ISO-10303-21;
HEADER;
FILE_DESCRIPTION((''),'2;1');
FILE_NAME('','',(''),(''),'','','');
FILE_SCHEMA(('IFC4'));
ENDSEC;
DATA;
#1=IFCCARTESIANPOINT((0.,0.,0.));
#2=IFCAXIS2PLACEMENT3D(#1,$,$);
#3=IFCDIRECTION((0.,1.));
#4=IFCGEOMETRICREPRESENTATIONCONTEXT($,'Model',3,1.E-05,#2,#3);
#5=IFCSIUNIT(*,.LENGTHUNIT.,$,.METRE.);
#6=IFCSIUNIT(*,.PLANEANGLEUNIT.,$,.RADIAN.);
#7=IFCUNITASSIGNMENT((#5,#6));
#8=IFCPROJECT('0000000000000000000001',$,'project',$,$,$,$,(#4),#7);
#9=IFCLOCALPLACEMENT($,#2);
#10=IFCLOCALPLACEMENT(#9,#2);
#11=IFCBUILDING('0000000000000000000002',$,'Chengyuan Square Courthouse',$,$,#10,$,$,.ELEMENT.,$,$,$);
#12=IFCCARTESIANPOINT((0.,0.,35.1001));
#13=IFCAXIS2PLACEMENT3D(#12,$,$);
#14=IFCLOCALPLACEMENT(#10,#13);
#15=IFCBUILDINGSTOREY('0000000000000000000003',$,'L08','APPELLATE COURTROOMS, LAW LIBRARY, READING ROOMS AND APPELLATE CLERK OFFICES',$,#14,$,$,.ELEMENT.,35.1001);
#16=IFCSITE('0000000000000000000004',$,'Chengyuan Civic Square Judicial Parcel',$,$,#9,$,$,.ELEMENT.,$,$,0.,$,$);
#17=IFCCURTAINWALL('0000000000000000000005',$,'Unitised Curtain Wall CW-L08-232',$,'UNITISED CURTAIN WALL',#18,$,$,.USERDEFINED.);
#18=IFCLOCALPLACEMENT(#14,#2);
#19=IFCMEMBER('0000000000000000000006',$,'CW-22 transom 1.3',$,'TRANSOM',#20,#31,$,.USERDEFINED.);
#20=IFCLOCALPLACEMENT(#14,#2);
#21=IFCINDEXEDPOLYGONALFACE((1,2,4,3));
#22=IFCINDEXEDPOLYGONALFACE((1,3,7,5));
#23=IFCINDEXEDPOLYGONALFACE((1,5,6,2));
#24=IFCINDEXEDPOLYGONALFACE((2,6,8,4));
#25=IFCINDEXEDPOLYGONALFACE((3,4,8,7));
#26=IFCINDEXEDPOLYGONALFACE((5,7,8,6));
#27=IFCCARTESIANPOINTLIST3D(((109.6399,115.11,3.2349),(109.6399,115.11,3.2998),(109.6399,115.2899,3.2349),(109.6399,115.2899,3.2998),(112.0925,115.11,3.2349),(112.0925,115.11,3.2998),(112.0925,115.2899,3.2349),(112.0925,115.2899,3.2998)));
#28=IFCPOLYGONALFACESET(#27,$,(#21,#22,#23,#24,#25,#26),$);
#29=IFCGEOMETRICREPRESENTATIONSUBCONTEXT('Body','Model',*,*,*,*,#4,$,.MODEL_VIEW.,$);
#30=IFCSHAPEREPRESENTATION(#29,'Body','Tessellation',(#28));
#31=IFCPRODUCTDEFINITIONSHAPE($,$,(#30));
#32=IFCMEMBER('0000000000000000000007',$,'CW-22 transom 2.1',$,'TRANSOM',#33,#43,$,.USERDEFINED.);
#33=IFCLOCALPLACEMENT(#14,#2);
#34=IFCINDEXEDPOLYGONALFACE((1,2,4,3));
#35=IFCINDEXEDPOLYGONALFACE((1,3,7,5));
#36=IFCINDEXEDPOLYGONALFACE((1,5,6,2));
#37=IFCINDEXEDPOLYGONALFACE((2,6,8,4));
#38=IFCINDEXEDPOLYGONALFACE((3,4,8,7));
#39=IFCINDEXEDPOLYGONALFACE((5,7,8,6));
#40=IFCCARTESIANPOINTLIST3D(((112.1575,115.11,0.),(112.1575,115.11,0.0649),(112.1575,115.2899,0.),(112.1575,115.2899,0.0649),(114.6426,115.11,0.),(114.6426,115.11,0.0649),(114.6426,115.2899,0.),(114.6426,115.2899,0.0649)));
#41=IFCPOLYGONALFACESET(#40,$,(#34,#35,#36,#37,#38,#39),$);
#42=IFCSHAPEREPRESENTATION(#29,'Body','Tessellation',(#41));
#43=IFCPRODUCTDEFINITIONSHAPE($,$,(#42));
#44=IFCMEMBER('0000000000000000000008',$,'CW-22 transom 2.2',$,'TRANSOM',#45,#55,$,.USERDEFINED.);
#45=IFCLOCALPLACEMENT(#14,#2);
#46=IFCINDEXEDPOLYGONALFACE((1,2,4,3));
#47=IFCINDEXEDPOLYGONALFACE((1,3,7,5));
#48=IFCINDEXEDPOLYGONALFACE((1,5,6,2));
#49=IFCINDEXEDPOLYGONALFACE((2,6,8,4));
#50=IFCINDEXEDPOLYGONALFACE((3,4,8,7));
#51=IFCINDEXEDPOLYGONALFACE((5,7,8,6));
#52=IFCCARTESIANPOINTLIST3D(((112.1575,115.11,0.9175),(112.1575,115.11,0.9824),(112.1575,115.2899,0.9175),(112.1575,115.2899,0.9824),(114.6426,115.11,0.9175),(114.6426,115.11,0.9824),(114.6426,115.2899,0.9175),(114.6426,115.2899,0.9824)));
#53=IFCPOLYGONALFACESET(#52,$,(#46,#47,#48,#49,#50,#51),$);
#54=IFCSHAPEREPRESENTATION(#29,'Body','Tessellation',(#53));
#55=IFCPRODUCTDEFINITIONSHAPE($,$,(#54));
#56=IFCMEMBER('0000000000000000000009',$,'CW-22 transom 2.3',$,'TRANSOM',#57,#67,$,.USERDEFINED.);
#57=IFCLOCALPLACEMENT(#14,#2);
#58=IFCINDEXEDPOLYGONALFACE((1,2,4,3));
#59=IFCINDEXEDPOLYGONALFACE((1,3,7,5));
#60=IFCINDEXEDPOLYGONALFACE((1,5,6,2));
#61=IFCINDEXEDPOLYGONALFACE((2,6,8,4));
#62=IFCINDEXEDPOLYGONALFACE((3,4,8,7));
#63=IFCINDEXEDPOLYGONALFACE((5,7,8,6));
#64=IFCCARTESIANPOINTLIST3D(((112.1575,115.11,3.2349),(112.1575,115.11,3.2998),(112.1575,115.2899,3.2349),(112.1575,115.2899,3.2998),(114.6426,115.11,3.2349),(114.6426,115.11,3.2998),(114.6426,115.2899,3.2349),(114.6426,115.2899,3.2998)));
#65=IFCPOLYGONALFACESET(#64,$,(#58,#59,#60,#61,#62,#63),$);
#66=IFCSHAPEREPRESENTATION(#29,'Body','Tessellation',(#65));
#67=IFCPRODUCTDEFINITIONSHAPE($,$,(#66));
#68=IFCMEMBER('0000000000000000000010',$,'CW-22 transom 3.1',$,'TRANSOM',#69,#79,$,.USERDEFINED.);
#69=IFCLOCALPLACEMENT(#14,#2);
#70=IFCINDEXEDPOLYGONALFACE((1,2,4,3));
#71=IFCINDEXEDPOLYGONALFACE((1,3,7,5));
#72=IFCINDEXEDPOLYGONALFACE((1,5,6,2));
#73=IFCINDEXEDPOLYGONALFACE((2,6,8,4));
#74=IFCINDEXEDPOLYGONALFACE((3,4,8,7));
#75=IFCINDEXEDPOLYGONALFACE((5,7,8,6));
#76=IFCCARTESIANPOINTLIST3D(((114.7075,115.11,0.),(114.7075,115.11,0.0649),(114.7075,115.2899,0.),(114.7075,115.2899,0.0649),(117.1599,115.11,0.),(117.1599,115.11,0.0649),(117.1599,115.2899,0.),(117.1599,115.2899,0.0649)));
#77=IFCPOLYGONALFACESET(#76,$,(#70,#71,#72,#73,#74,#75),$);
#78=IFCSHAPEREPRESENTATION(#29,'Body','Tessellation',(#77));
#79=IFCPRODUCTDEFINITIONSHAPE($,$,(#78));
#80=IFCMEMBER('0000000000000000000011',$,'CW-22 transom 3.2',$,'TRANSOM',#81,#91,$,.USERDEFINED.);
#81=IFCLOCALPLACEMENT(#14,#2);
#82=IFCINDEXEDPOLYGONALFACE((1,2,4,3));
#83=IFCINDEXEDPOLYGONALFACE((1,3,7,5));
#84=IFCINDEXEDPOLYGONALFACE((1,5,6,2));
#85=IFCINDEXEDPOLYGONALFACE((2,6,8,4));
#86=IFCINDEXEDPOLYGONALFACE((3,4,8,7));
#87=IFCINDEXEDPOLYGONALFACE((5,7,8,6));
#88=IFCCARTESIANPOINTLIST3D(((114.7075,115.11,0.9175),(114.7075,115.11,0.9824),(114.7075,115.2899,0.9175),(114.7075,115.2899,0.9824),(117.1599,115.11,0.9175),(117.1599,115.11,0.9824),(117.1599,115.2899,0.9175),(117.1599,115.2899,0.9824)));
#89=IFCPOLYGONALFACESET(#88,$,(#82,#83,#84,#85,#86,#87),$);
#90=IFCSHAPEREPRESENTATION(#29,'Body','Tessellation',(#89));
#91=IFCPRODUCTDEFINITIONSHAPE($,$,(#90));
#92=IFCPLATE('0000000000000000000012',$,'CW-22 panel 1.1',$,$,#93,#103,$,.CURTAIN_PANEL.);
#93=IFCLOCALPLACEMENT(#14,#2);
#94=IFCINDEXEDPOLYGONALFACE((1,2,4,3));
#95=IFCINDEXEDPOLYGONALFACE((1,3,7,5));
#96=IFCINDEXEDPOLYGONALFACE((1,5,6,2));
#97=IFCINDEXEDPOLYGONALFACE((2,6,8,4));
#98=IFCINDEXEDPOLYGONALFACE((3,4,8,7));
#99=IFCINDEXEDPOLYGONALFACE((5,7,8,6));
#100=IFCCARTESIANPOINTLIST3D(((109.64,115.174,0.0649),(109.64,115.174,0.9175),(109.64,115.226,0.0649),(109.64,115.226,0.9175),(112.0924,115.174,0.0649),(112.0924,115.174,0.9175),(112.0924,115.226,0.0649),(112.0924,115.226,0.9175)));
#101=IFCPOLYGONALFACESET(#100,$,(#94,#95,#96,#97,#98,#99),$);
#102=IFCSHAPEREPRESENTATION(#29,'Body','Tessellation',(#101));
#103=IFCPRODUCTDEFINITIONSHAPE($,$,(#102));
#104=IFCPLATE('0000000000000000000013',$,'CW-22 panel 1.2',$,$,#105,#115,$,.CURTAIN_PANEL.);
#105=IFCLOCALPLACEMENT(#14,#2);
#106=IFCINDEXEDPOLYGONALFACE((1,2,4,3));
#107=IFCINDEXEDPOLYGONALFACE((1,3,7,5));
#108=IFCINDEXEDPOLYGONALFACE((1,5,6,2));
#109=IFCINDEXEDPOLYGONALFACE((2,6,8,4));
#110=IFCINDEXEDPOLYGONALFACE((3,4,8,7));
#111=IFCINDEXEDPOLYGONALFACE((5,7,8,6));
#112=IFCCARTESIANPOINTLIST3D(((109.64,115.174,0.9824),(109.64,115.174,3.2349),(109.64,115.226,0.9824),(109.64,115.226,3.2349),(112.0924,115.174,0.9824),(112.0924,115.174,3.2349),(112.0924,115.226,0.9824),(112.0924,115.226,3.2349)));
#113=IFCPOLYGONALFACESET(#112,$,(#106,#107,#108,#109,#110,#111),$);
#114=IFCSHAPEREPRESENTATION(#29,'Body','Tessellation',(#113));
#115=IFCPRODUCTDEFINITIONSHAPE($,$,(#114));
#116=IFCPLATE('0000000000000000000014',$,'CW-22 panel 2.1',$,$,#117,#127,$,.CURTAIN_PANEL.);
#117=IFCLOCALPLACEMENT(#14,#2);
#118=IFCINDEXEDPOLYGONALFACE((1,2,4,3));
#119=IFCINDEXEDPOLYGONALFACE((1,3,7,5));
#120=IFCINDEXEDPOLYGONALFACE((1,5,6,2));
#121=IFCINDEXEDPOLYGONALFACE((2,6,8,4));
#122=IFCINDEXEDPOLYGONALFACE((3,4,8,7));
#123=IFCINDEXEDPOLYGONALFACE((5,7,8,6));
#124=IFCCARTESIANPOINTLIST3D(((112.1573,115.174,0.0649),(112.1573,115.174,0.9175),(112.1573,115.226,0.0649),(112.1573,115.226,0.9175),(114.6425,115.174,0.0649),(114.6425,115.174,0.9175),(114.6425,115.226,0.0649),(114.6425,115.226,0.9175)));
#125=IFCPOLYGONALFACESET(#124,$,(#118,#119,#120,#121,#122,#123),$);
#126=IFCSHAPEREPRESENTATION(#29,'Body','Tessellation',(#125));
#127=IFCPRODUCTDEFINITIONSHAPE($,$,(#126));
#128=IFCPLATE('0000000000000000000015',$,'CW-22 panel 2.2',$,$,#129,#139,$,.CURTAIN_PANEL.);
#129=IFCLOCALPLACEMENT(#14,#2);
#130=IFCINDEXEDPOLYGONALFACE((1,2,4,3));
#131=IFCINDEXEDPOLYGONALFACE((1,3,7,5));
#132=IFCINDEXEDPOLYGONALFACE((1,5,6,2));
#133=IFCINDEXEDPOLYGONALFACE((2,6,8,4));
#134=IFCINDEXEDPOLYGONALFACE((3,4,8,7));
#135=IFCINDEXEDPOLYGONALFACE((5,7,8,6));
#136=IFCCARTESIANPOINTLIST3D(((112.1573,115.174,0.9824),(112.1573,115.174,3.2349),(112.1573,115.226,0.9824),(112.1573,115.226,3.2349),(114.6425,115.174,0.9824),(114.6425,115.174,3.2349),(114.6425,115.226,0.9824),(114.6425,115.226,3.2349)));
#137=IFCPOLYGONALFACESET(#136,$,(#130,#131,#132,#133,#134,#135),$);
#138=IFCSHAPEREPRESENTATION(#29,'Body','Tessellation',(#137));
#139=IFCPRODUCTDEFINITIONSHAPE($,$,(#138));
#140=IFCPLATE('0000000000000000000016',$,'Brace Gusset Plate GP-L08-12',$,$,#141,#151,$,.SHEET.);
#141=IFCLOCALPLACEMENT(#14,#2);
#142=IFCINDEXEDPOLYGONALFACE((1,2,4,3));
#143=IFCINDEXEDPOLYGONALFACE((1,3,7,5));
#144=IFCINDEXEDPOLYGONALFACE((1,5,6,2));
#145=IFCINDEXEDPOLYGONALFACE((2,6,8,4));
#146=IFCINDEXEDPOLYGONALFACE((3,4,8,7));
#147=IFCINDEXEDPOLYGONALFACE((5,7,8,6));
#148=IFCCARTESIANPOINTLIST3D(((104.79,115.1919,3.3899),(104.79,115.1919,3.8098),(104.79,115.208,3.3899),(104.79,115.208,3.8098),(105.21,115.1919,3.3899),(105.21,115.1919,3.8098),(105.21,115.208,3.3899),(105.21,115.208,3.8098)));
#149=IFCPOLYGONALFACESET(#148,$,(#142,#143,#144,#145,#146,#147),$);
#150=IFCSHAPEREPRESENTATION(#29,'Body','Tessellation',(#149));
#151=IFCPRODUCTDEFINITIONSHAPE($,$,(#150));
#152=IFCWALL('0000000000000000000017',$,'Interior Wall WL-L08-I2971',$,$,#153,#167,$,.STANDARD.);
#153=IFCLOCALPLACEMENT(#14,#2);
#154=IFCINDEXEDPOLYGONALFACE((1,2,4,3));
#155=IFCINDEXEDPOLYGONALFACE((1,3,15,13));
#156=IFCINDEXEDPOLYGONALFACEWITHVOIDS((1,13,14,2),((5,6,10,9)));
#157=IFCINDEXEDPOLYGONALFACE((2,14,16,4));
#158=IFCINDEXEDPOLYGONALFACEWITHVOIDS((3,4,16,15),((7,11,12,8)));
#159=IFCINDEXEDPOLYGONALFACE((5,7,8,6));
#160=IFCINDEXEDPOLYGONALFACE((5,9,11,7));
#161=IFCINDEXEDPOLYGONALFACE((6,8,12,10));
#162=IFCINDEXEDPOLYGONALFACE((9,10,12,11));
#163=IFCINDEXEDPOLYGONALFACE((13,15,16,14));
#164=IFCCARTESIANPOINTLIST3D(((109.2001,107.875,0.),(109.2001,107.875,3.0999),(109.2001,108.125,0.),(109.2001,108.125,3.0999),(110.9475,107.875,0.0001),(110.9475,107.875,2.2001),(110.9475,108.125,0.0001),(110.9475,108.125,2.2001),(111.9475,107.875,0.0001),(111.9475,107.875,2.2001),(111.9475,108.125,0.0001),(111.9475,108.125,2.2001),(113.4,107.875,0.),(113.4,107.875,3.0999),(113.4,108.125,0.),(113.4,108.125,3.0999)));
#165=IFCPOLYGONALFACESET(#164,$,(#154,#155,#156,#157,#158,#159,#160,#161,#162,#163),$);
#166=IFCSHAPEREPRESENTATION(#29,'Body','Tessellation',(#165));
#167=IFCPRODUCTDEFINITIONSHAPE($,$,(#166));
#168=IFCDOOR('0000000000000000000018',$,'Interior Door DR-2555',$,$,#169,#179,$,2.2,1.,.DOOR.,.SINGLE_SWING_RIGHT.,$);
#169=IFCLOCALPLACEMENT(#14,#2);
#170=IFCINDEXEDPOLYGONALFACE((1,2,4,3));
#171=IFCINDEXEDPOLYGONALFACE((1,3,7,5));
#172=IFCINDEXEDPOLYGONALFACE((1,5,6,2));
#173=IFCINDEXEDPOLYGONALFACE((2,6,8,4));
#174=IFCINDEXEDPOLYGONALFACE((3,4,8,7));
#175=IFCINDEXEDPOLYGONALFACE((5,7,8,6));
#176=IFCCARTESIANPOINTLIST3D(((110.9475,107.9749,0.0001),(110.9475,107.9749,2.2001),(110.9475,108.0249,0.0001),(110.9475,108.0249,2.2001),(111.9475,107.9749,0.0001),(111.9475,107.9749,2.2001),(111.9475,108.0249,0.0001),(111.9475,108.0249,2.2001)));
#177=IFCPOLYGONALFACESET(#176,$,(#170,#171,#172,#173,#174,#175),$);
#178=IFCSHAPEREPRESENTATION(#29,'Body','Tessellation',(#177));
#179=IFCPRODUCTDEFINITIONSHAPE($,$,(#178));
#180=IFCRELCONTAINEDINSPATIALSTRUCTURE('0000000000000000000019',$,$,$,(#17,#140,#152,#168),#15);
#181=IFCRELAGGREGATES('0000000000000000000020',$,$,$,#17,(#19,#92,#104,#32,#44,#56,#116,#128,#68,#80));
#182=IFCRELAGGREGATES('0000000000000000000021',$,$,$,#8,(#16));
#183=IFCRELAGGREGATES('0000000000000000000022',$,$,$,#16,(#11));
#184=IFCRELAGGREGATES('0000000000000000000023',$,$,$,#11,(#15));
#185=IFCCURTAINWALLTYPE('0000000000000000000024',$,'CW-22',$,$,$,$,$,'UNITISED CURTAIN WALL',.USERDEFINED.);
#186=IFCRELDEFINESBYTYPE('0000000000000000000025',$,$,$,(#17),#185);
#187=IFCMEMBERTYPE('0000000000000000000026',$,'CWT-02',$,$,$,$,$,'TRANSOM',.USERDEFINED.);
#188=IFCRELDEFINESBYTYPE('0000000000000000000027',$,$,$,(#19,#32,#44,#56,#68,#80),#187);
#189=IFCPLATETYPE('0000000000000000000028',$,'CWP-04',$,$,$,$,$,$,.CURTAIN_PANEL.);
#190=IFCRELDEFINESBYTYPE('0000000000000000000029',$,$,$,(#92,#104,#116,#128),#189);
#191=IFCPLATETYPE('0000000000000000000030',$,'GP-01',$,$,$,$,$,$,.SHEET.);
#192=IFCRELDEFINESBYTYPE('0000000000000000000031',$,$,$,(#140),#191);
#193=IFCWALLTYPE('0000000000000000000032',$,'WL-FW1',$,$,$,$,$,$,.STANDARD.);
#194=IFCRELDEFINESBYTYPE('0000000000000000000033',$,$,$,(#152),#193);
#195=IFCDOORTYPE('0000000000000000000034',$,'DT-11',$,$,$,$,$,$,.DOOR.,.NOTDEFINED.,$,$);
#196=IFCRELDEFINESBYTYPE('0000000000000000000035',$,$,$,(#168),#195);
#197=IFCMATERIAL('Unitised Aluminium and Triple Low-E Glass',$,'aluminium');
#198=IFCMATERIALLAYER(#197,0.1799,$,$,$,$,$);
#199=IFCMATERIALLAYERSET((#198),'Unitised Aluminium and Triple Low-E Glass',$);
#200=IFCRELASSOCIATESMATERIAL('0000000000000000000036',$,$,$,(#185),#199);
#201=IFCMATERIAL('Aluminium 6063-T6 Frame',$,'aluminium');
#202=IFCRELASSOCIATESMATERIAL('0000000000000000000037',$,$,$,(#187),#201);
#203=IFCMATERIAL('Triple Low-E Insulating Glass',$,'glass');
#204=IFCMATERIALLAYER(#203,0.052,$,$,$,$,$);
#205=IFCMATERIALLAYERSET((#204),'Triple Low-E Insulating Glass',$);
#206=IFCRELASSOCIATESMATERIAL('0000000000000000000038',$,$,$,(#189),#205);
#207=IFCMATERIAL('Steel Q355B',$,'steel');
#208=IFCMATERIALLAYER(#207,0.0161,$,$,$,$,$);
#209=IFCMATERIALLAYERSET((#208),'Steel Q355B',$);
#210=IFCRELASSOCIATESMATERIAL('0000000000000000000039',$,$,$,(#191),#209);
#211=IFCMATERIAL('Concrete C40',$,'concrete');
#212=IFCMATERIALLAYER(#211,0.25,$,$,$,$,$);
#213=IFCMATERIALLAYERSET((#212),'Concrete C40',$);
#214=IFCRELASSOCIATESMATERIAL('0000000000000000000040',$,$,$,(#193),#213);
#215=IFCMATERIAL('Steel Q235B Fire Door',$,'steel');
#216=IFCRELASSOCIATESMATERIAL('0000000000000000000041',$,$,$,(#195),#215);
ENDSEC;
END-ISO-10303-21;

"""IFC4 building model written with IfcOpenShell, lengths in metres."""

from ifc_helpers import new_model, si_unit, direction, frame, frame_2d, origin, origin_2d, place, context, subcontext, project, spatial, rectangle, extrude, material, layer, layer_set, material_profile, profile_set, type_object, element, fill, aggregate, save


model = new_model("IFC4")

# Units and contexts
model_context = context("Model", 3, precision=1e-05, world=origin(), true_north=direction((0.0, 1.0)))
body_context = subcontext(model_context, "Body", "Model", "MODEL_VIEW")
ifc_project = project(units=[si_unit("LENGTHUNIT", "METRE"), si_unit("PLANEANGLEUNIT", "RADIAN")], contexts=[model_context])

# Site, building, storey
site_placement = place(None, origin())
site = spatial("IfcSite", under=ifc_project, at=site_placement, Name="Chengyuan Civic Square Judicial Parcel", CompositionType="ELEMENT", RefElevation=0.0)
building_placement = place(site_placement, origin())
building = spatial("IfcBuilding", under=site, at=building_placement, Name="Chengyuan Square Courthouse", CompositionType="ELEMENT")
storey_placement = place(building_placement, frame((0.0, 0.0, 35.1001)))
storey = spatial("IfcBuildingStorey", under=building, at=storey_placement, Name="L08", Description="APPELLATE COURTROOMS, LAW LIBRARY, READING ROOMS AND APPELLATE CLERK OFFICES", CompositionType="ELEMENT", Elevation=35.1001)

# Shared definitions
ifc_material_1 = material(Name="Concrete C40", Category="concrete")

# Shared definitions
ifc_material_2 = material(Name="Steel Q355B", Category="steel")

# Curtain wall, members, plates
ifc_material_3 = material(Name="Unitised Aluminium and Triple Low-E Glass", Category="aluminium")
ifc_layer_1 = layer(ifc_material_3, 0.1799)
ifc_layer_set_1 = layer_set([ifc_layer_1], Name="Unitised Aluminium and Triple Low-E Glass")
curtain_wall_type = type_object("IfcCurtainWallType", Name="CW-22", ElementType="UNITISED CURTAIN WALL", PredefinedType="USERDEFINED", material=ifc_layer_set_1)
curtain_wall_placement = place(storey_placement, origin())
curtain_wall = element("IfcCurtainWall", 1, at=curtain_wall_placement, inside=storey, type_object=curtain_wall_type, Name="Unitised Curtain Wall CW-L08-232", ObjectType="UNITISED CURTAIN WALL", PredefinedType="USERDEFINED")
ifc_material_4 = material(Name="Aluminium 6063-T6 Frame", Category="aluminium")
ifc_material_profile_1 = material_profile(ifc_material_4, rectangle(XDim=0.1799, YDim=0.0649, at=origin_2d()), Name="CW-TRN-65x140")
ifc_profile_set_1 = profile_set([ifc_material_profile_1], Name="Aluminium 6063-T6 Frame")
member_type_1 = type_object("IfcMemberType", Name="CWT-02", ElementType="TRANSOM", PredefinedType="USERDEFINED", material=ifc_profile_set_1)
member_1_placement = place(storey_placement, frame((109.6399, 115.2, 3.2673), z_axis=(1.0, 0.0, 0.0), x_axis=(0.0, 1.0, 0.0)))
member_1 = element("IfcMember", 2, at=member_1_placement, type_object=member_type_1, Name="CW-22 transom 1.3", ObjectType="TRANSOM", PredefinedType="USERDEFINED", context=body_context, shape_type="SweptSolid", body=[
    extrude(rectangle(XDim=0.1799, YDim=0.0649, at=origin_2d()), origin(), (0.0, 0.0, 1.0), 2.4526),
])
member_2_placement = place(storey_placement, frame((112.1575, 115.2, 0.0325), z_axis=(1.0, 0.0, 0.0), x_axis=(0.0, 1.0, 0.0)))
member_2 = element("IfcMember", 3, at=member_2_placement, type_object=member_type_1, Name="CW-22 transom 2.1", ObjectType="TRANSOM", PredefinedType="USERDEFINED", context=body_context, shape_type="SweptSolid", body=[
    extrude(rectangle(XDim=0.1799, YDim=0.0649, at=origin_2d()), origin(), (0.0, 0.0, 1.0), 2.4851),
])
member_3_placement = place(storey_placement, frame((112.1575, 115.2, 0.95), z_axis=(1.0, 0.0, 0.0), x_axis=(0.0, 1.0, 0.0)))
member_3 = element("IfcMember", 4, at=member_3_placement, type_object=member_type_1, Name="CW-22 transom 2.2", ObjectType="TRANSOM", PredefinedType="USERDEFINED", context=body_context, shape_type="SweptSolid", body=[
    extrude(rectangle(XDim=0.1799, YDim=0.0649, at=origin_2d()), origin(), (0.0, 0.0, 1.0), 2.4851),
])
member_4_placement = place(storey_placement, frame((112.1575, 115.2, 3.2673), z_axis=(1.0, 0.0, 0.0), x_axis=(0.0, 1.0, 0.0)))
member_4 = element("IfcMember", 5, at=member_4_placement, type_object=member_type_1, Name="CW-22 transom 2.3", ObjectType="TRANSOM", PredefinedType="USERDEFINED", context=body_context, shape_type="SweptSolid", body=[
    extrude(rectangle(XDim=0.1799, YDim=0.0649, at=origin_2d()), origin(), (0.0, 0.0, 1.0), 2.4851),
])
member_5_placement = place(storey_placement, frame((114.7075, 115.2, 0.0325), z_axis=(1.0, 0.0, 0.0), x_axis=(0.0, 1.0, 0.0)))
member_5 = element("IfcMember", 6, at=member_5_placement, type_object=member_type_1, Name="CW-22 transom 3.1", ObjectType="TRANSOM", PredefinedType="USERDEFINED", context=body_context, shape_type="SweptSolid", body=[
    extrude(rectangle(XDim=0.1799, YDim=0.0649, at=origin_2d()), origin(), (0.0, 0.0, 1.0), 2.4524),
])
member_6_placement = place(storey_placement, frame((114.7075, 115.2, 0.95), z_axis=(1.0, 0.0, 0.0), x_axis=(0.0, 1.0, 0.0)))
member_6 = element("IfcMember", 7, at=member_6_placement, type_object=member_type_1, Name="CW-22 transom 3.2", ObjectType="TRANSOM", PredefinedType="USERDEFINED", context=body_context, shape_type="SweptSolid", body=[
    extrude(rectangle(XDim=0.1799, YDim=0.0649, at=origin_2d()), origin(), (0.0, 0.0, 1.0), 2.4524),
])
ifc_material_5 = material(Name="Triple Low-E Insulating Glass", Category="glass")
ifc_layer_2 = layer(ifc_material_5, 0.052)
ifc_layer_set_2 = layer_set([ifc_layer_2], Name="Triple Low-E Insulating Glass")
plate_type_1 = type_object("IfcPlateType", Name="CWP-04", PredefinedType="CURTAIN_PANEL", material=ifc_layer_set_2)
plate_1_placement = place(storey_placement, frame((110.8662, 115.2, 0.0649), z_axis=(0.0, 0.0, 1.0), x_axis=(1.0, 0.0, 0.0)))
plate_1 = element("IfcPlate", 8, at=plate_1_placement, type_object=plate_type_1, Name="CW-22 panel 1.1", PredefinedType="CURTAIN_PANEL", context=body_context, shape_type="SweptSolid", body=[
    extrude(rectangle(XDim=2.4524, YDim=0.052, at=origin_2d()), origin(), (0.0, 0.0, 1.0), 0.8525),
])
plate_2_placement = place(storey_placement, frame((110.8662, 115.2, 0.9824), z_axis=(0.0, 0.0, 1.0), x_axis=(1.0, 0.0, 0.0)))
plate_2 = element("IfcPlate", 9, at=plate_2_placement, type_object=plate_type_1, Name="CW-22 panel 1.2", PredefinedType="CURTAIN_PANEL", context=body_context, shape_type="SweptSolid", body=[
    extrude(rectangle(XDim=2.4524, YDim=0.052, at=origin_2d()), origin(), (0.0, 0.0, 1.0), 2.2524),
])
plate_3_placement = place(storey_placement, frame((113.3999, 115.2, 0.0649), z_axis=(0.0, 0.0, 1.0), x_axis=(1.0, 0.0, 0.0)))
plate_3 = element("IfcPlate", 10, at=plate_3_placement, type_object=plate_type_1, Name="CW-22 panel 2.1", PredefinedType="CURTAIN_PANEL", context=body_context, shape_type="SweptSolid", body=[
    extrude(rectangle(XDim=2.4851, YDim=0.052, at=origin_2d()), origin(), (0.0, 0.0, 1.0), 0.8525),
])
plate_4_placement = place(storey_placement, frame((113.3999, 115.2, 0.9824), z_axis=(0.0, 0.0, 1.0), x_axis=(1.0, 0.0, 0.0)))
plate_4 = element("IfcPlate", 11, at=plate_4_placement, type_object=plate_type_1, Name="CW-22 panel 2.2", PredefinedType="CURTAIN_PANEL", context=body_context, shape_type="SweptSolid", body=[
    extrude(rectangle(XDim=2.4851, YDim=0.052, at=origin_2d()), origin(), (0.0, 0.0, 1.0), 2.2524),
])
aggregate(curtain_wall, [member_1, plate_1, plate_2, member_2, member_3, member_4, plate_3, plate_4, member_5, member_6])

# Plate
ifc_layer_3 = layer(ifc_material_2, 0.0161)
ifc_layer_set_3 = layer_set([ifc_layer_3], Name="Steel Q355B")
plate_type_2 = type_object("IfcPlateType", Name="GP-01", PredefinedType="SHEET", material=ifc_layer_set_3)
plate_5_placement = place(storey_placement, frame((105.0, 115.2, 3.3899), z_axis=(0.0, 0.0, 1.0), x_axis=(1.0, 0.0, 0.0)))
element("IfcPlate", 12, at=plate_5_placement, inside=storey, type_object=plate_type_2, Name="Brace Gusset Plate GP-L08-12", PredefinedType="SHEET", context=body_context, shape_type="SweptSolid", body=[
    extrude(rectangle(XDim=0.4199, YDim=0.0161, at=origin_2d()), origin(), (0.0, 0.0, 1.0), 0.4199),
])

# Wall, opening, door
ifc_layer_4 = layer(ifc_material_1, 0.25)
ifc_layer_set_4 = layer_set([ifc_layer_4], Name="Concrete C40")
wall_type_1 = type_object("IfcWallType", Name="WL-FW1", PredefinedType="STANDARD", material=ifc_layer_set_4)
wall_1_placement = place(storey_placement, frame((109.2, 108.0, 0.0), z_axis=(0.0, 0.0, 1.0), x_axis=(1.0, 0.0, 0.0)))
wall_1 = element("IfcWall", 13, at=wall_1_placement, inside=storey, type_object=wall_type_1, Name="Interior Wall WL-L08-I2971", PredefinedType="STANDARD", context=body_context, shape_type="SweptSolid", body=[
    extrude(rectangle(XDim=4.2, YDim=0.25, at=frame_2d((2.1001, 0.0))), origin(), (0.0, 0.0, 1.0), 3.0999),
])
opening_1_placement = place(wall_1_placement, frame((1.7476, 0.0, 0.0)))
opening_1 = element("IfcOpeningElement", 14, at=opening_1_placement, cuts=wall_1, PredefinedType="OPENING", context=body_context, shape_type="SweptSolid", body=[
    extrude(rectangle(XDim=1.0, YDim=2.2, at=frame_2d((0.5, 1.1001))), frame((0.0, 0.137, 0.0), z_axis=(0.0, -1.0, 0.0), x_axis=(1.0, 0.0, 0.0)), (0.0, 0.0, 1.0), 0.2739),
])
ifc_material_6 = material(Name="Steel Q235B Fire Door", Category="steel")
door_type_1 = type_object("IfcDoorType", Name="DT-11", OperationType="NOTDEFINED", PredefinedType="DOOR", material=ifc_material_6)
door_1_placement = place(opening_1_placement, origin())
door_1 = element("IfcDoor", 15, at=door_1_placement, inside=storey, type_object=door_type_1, Name="Interior Door DR-2555", OperationType="SINGLE_SWING_RIGHT", OverallHeight=2.2, OverallWidth=1.0, PredefinedType="DOOR", context=body_context, shape_type="SweptSolid", body=[
    extrude(rectangle(XDim=1.0, YDim=2.2, at=frame_2d((0.5, 1.1001))), frame((0.0, 0.0249, 0.0), z_axis=(0.0, -1.0, 0.0), x_axis=(1.0, 0.0, 0.0)), (0.0, 0.0, 1.0), 0.05),
])
fill(opening_1, door_1)

save(model, "model.ifc")
